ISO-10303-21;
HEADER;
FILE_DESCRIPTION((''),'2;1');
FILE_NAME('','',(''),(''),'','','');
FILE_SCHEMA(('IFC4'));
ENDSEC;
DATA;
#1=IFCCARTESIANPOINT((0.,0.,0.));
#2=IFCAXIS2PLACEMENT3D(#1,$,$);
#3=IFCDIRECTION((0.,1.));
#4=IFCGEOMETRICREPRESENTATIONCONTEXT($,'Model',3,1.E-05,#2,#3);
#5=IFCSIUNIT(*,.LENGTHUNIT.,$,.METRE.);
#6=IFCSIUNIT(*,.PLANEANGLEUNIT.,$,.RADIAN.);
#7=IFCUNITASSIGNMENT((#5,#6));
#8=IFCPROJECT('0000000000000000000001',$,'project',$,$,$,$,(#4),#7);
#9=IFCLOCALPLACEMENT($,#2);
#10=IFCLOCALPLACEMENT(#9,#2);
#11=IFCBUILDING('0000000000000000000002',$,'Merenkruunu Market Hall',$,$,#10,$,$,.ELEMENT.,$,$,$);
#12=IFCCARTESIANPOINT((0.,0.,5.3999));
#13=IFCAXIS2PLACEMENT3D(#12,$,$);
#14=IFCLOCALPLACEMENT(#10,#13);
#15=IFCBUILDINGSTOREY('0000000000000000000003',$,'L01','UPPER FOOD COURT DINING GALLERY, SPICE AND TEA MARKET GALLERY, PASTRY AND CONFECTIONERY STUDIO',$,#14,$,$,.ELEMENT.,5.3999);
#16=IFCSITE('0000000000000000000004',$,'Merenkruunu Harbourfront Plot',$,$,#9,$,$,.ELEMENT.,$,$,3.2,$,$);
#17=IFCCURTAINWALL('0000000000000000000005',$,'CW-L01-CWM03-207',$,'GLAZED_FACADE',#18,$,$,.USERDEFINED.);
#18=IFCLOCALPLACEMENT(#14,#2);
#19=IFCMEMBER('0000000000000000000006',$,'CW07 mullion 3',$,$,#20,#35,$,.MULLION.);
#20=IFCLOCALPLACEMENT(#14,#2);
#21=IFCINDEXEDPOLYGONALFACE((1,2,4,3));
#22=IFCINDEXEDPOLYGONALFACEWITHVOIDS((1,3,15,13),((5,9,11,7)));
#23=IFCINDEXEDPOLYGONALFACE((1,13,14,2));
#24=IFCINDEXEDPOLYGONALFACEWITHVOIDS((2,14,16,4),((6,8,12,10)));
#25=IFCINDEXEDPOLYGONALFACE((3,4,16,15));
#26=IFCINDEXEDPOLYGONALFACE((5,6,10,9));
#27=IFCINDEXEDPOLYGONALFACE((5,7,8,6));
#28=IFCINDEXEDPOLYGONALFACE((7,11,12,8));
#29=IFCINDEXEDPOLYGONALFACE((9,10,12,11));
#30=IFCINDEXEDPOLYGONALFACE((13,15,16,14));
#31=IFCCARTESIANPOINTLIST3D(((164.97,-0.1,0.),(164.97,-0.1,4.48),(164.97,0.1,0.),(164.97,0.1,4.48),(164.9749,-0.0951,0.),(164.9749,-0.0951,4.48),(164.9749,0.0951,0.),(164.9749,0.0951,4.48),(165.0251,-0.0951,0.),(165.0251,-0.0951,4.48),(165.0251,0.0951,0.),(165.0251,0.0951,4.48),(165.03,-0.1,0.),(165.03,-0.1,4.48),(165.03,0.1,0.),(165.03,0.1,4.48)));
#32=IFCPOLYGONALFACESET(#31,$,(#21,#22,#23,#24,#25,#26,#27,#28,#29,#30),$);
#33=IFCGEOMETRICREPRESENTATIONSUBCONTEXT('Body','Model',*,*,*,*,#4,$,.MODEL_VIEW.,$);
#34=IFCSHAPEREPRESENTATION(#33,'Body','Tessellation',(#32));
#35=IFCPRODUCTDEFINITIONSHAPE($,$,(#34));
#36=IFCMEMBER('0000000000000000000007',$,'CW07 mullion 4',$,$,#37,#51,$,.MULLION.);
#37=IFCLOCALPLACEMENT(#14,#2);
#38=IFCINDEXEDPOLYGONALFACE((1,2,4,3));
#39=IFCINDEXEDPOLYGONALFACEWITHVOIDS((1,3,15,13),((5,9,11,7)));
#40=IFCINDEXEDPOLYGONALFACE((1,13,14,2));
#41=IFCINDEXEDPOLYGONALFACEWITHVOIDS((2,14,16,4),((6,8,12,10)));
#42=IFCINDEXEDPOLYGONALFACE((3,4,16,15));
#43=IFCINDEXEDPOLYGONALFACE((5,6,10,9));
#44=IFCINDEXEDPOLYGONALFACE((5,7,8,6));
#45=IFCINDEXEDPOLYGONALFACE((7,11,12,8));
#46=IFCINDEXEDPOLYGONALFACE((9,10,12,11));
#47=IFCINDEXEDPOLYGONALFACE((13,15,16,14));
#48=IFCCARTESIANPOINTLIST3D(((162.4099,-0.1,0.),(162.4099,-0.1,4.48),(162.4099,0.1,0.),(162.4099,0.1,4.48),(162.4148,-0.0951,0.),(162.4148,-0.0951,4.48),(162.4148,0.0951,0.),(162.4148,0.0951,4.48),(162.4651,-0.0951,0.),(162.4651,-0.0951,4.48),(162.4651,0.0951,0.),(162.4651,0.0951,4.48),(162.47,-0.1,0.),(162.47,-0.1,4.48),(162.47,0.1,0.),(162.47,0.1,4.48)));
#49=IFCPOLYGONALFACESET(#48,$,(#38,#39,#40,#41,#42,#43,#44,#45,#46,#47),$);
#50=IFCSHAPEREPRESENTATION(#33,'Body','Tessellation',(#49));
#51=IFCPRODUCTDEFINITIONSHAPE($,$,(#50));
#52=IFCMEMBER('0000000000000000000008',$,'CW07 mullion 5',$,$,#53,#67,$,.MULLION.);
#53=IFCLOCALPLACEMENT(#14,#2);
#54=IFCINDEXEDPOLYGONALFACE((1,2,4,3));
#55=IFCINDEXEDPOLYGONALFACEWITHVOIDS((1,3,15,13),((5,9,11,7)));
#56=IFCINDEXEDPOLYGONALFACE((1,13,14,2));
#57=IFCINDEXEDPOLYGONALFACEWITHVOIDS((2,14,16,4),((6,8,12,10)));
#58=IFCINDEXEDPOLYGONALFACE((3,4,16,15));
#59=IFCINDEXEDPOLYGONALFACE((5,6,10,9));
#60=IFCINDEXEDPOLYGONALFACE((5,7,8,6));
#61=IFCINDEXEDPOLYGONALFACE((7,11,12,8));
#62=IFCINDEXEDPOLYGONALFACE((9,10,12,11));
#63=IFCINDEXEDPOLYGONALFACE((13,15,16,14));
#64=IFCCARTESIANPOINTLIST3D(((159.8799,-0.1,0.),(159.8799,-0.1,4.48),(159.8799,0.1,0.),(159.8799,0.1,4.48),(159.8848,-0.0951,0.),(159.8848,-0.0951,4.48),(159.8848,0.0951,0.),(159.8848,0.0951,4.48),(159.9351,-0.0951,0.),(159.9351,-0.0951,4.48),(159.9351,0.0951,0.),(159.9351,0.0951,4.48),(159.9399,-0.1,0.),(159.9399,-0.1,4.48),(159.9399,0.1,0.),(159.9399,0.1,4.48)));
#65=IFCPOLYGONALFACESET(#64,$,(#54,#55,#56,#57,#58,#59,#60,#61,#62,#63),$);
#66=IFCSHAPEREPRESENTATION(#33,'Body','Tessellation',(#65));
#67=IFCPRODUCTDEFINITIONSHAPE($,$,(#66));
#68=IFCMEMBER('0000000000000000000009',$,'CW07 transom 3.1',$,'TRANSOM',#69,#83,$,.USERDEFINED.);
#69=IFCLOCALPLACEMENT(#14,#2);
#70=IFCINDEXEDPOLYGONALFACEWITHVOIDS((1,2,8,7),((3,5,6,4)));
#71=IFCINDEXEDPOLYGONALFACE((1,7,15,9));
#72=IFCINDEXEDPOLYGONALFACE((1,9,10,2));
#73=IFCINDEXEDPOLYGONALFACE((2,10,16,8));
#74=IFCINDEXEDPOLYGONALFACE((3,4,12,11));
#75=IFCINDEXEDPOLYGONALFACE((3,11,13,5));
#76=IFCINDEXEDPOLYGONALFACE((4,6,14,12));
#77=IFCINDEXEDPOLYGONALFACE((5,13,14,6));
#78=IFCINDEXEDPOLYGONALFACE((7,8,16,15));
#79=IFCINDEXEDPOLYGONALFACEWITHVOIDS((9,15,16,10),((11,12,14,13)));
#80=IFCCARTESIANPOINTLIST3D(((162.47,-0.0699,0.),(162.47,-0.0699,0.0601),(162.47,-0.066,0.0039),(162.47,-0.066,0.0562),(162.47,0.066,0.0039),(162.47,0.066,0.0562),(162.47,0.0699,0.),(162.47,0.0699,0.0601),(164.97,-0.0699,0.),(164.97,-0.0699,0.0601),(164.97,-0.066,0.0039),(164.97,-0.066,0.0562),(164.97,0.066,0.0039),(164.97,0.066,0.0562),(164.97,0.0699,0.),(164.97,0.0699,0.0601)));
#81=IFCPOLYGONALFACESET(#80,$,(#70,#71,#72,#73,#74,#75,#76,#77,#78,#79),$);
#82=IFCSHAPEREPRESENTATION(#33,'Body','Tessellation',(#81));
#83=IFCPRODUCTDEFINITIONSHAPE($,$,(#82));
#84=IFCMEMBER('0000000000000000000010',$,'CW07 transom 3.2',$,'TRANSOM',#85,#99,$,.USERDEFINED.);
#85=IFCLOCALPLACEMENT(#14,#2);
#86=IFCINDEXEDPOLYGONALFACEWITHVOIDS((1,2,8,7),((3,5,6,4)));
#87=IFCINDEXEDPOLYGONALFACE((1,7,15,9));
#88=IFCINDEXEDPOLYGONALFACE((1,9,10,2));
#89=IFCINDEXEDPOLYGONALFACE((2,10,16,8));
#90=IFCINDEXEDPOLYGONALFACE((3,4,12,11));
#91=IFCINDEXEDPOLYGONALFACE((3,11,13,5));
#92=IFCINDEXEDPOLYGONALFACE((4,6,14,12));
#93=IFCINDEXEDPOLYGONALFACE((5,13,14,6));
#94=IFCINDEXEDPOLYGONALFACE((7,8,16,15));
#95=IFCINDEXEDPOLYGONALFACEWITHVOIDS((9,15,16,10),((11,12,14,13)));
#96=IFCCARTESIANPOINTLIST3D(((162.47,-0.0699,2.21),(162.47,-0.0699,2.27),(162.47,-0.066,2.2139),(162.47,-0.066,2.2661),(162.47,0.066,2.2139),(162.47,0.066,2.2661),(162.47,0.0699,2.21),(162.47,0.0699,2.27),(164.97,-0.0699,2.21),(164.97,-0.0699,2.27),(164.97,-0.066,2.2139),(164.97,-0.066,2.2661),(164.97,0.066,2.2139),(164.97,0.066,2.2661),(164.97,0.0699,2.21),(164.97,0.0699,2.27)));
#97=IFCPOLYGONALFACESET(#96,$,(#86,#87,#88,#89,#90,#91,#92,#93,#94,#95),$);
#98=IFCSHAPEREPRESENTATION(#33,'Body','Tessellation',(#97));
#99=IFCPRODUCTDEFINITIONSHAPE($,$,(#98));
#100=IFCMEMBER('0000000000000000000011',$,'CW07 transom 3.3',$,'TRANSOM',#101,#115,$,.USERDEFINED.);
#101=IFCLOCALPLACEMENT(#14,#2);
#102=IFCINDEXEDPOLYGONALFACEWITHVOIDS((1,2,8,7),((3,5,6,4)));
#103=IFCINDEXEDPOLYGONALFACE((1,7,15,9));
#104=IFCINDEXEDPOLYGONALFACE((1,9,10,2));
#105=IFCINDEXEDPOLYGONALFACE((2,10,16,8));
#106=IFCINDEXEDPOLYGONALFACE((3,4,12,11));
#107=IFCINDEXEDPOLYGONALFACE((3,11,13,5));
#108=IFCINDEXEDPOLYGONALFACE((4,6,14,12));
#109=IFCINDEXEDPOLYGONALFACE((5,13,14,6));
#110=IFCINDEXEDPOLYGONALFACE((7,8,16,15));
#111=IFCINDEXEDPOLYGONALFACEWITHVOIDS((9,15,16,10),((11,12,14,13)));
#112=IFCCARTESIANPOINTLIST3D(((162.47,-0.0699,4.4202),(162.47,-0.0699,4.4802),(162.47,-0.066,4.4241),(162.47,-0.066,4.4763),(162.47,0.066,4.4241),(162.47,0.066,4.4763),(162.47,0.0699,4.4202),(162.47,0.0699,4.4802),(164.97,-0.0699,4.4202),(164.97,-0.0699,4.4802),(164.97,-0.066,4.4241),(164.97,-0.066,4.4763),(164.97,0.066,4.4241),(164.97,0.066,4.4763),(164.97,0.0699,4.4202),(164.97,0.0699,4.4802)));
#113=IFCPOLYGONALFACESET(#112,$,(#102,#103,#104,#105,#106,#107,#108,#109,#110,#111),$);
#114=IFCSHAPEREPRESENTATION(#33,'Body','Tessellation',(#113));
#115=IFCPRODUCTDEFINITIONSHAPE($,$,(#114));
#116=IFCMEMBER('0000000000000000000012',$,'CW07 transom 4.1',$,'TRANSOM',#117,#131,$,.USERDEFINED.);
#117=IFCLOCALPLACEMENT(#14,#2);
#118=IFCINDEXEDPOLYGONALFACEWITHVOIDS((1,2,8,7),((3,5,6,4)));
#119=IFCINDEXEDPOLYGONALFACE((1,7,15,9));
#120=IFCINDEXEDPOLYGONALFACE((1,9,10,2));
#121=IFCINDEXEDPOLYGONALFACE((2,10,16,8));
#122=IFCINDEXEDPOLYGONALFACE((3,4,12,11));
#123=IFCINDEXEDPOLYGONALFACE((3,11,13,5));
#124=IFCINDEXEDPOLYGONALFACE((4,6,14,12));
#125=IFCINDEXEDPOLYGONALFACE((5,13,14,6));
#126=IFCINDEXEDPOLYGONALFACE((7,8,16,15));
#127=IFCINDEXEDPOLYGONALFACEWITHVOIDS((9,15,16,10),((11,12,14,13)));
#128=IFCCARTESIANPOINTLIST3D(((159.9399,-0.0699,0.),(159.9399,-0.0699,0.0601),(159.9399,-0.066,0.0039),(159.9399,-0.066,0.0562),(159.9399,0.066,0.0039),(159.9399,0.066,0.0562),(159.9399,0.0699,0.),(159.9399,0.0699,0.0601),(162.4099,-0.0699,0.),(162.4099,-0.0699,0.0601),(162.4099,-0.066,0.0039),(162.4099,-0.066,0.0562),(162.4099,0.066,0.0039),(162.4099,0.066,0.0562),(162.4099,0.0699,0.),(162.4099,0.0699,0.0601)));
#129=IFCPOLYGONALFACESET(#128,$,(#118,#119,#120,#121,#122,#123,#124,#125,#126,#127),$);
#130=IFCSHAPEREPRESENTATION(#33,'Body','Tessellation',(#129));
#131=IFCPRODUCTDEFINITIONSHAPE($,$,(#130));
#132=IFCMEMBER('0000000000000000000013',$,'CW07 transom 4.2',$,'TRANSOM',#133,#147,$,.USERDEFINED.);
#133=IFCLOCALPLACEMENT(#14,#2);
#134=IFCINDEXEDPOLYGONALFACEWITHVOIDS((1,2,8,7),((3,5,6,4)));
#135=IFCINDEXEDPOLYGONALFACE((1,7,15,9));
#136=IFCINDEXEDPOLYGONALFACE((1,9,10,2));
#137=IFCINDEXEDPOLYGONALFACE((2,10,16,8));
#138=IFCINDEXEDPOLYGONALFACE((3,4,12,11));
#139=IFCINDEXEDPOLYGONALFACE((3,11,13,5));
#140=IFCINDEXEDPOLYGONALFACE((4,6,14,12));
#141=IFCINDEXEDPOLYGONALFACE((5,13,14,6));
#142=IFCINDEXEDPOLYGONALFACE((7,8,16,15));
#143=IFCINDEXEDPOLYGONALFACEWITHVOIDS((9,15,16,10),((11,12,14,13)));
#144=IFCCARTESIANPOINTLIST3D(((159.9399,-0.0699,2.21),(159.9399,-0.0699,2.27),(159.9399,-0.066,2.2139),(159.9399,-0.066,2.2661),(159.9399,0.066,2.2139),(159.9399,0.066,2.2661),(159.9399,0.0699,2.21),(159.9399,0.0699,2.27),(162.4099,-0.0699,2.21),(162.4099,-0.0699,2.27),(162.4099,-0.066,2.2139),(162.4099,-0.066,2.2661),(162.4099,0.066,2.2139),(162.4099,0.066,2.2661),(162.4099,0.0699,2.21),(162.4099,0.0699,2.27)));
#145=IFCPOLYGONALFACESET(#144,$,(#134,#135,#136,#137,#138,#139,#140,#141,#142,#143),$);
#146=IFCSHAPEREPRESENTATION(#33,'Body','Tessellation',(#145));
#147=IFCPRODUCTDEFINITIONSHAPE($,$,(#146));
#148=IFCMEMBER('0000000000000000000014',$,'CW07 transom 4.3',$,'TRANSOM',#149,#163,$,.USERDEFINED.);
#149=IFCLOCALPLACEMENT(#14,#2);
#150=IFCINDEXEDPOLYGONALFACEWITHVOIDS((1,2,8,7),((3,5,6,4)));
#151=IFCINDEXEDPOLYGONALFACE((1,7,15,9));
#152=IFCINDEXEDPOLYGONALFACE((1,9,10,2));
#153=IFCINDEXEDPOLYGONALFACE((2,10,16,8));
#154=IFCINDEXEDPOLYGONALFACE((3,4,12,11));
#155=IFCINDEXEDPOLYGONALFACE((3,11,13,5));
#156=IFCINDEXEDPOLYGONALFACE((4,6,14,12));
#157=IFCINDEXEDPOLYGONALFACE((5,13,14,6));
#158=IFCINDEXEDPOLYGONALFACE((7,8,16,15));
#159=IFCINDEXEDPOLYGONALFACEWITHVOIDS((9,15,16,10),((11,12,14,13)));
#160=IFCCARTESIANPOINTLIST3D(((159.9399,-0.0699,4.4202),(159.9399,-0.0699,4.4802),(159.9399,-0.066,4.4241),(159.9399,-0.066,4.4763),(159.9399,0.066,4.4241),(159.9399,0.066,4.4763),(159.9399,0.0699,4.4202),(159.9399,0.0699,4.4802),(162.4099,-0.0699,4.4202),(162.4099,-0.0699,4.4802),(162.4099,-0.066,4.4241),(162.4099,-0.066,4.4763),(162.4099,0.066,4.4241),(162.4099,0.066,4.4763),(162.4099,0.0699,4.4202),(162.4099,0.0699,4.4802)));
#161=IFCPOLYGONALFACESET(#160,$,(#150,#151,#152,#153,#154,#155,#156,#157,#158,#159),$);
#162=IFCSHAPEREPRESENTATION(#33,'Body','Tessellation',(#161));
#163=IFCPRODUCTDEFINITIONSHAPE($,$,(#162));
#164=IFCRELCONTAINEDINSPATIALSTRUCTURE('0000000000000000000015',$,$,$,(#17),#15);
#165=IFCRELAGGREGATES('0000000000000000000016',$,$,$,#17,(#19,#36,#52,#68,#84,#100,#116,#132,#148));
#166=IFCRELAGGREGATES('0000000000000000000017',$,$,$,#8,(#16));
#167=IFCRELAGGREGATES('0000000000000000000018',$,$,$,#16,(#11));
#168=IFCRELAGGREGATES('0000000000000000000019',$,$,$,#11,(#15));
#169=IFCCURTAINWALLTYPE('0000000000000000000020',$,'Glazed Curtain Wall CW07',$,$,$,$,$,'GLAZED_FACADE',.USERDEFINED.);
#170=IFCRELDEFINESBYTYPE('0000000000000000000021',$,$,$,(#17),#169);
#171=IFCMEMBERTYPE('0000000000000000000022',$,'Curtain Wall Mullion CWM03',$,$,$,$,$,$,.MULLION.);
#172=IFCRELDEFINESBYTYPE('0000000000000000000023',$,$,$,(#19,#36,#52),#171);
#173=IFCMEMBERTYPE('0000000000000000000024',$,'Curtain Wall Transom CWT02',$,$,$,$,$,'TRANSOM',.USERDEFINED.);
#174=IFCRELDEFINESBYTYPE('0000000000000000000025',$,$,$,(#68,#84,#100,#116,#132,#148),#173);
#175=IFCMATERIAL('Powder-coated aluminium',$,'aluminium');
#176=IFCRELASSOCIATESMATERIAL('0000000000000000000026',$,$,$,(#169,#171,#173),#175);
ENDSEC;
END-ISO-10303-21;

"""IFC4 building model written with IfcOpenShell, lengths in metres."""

from ifc_helpers import new_model, si_unit, direction, frame, origin, origin_2d, place, context, subcontext, project, spatial, hollow_rectangle, extrude, material, material_profile, profile_set, type_object, element, aggregate, save


model = new_model("IFC4")

# Units and contexts
model_context = context("Model", 3, precision=1e-05, world=origin(), true_north=direction((0.0, 1.0)))
body_context = subcontext(model_context, "Body", "Model", "MODEL_VIEW")
ifc_project = project(units=[si_unit("LENGTHUNIT", "METRE"), si_unit("PLANEANGLEUNIT", "RADIAN")], contexts=[model_context])

# Site, building, storey
site_placement = place(None, origin())
site = spatial("IfcSite", under=ifc_project, at=site_placement, Name="Merenkruunu Harbourfront Plot", CompositionType="ELEMENT", RefElevation=3.2)
building_placement = place(site_placement, origin())
building = spatial("IfcBuilding", under=site, at=building_placement, Name="Merenkruunu Market Hall", CompositionType="ELEMENT")
storey_placement = place(building_placement, frame((0.0, 0.0, 5.3999)))
storey = spatial("IfcBuildingStorey", under=building, at=storey_placement, Name="L01", Description="UPPER FOOD COURT DINING GALLERY, SPICE AND TEA MARKET GALLERY, PASTRY AND CONFECTIONERY STUDIO", CompositionType="ELEMENT", Elevation=5.3999)

# Curtain wall, members
ifc_material_1 = material(Name="Powder-coated aluminium", Category="aluminium")
curtain_wall_type = type_object("IfcCurtainWallType", Name="Glazed Curtain Wall CW07", ElementType="GLAZED_FACADE", PredefinedType="USERDEFINED", material=ifc_material_1)
curtain_wall_placement = place(storey_placement, origin())
curtain_wall = element("IfcCurtainWall", 1, at=curtain_wall_placement, inside=storey, type_object=curtain_wall_type, Name="CW-L01-CWM03-207", ObjectType="GLAZED_FACADE", PredefinedType="USERDEFINED")
ifc_material_profile_1 = material_profile(ifc_material_1, hollow_rectangle(XDim=0.0601, YDim=0.2, WallThickness=0.0049, at=origin_2d()), Name="ALU 60x200x5")
ifc_profile_set_1 = profile_set([ifc_material_profile_1], Name="Powder-coated aluminium")
member_type_1 = type_object("IfcMemberType", Name="Curtain Wall Mullion CWM03", PredefinedType="MULLION", material=ifc_profile_set_1)
member_1_placement = place(storey_placement, frame((165.0, 0.0, 0.0), z_axis=(0.0, 0.0, 1.0), x_axis=(-1.0, 0.0, 0.0)))
member_1 = element("IfcMember", 2, at=member_1_placement, type_object=member_type_1, Name="CW07 mullion 3", PredefinedType="MULLION", context=body_context, shape_type="SweptSolid", body=[
    extrude(hollow_rectangle(XDim=0.0601, YDim=0.2, WallThickness=0.0049, at=origin_2d()), origin(), (0.0, 0.0, 1.0), 4.48),
])
member_2_placement = place(storey_placement, frame((162.4399, 0.0, 0.0), z_axis=(0.0, 0.0, 1.0), x_axis=(-1.0, 0.0, 0.0)))
member_2 = element("IfcMember", 3, at=member_2_placement, type_object=member_type_1, Name="CW07 mullion 4", PredefinedType="MULLION", context=body_context, shape_type="SweptSolid", body=[
    extrude(hollow_rectangle(XDim=0.0601, YDim=0.2, WallThickness=0.0049, at=origin_2d()), origin(), (0.0, 0.0, 1.0), 4.48),
])
member_3_placement = place(storey_placement, frame((159.9099, 0.0, 0.0), z_axis=(0.0, 0.0, 1.0), x_axis=(-1.0, 0.0, 0.0)))
member_3 = element("IfcMember", 4, at=member_3_placement, type_object=member_type_1, Name="CW07 mullion 5", PredefinedType="MULLION", context=body_context, shape_type="SweptSolid", body=[
    extrude(hollow_rectangle(XDim=0.0601, YDim=0.2, WallThickness=0.0049, at=origin_2d()), origin(), (0.0, 0.0, 1.0), 4.48),
])
ifc_material_profile_2 = material_profile(ifc_material_1, hollow_rectangle(XDim=0.0601, YDim=0.1399, WallThickness=0.0039, at=origin_2d()), Name="ALU 60x140x4")
ifc_profile_set_2 = profile_set([ifc_material_profile_2], Name="Powder-coated aluminium")
member_type_2 = type_object("IfcMemberType", Name="Curtain Wall Transom CWT02", ElementType="TRANSOM", PredefinedType="USERDEFINED", material=ifc_profile_set_2)
member_4_placement = place(storey_placement, frame((164.97, 0.0, 0.03), z_axis=(-1.0, 0.0, 0.0), x_axis=(0.0, 0.0, 1.0)))
member_4 = element("IfcMember", 5, at=member_4_placement, type_object=member_type_2, Name="CW07 transom 3.1", ObjectType="TRANSOM", PredefinedType="USERDEFINED", context=body_context, shape_type="SweptSolid", body=[
    extrude(hollow_rectangle(XDim=0.0601, YDim=0.1399, WallThickness=0.0039, at=origin_2d()), origin(), (0.0, 0.0, 1.0), 2.5),
])
member_5_placement = place(storey_placement, frame((164.97, 0.0, 2.24), z_axis=(-1.0, 0.0, 0.0), x_axis=(0.0, 0.0, 1.0)))
member_5 = element("IfcMember", 6, at=member_5_placement, type_object=member_type_2, Name="CW07 transom 3.2", ObjectType="TRANSOM", PredefinedType="USERDEFINED", context=body_context, shape_type="SweptSolid", body=[
    extrude(hollow_rectangle(XDim=0.0601, YDim=0.1399, WallThickness=0.0039, at=origin_2d()), origin(), (0.0, 0.0, 1.0), 2.5),
])
member_6_placement = place(storey_placement, frame((164.97, 0.0, 4.4502), z_axis=(-1.0, 0.0, 0.0), x_axis=(0.0, 0.0, 1.0)))
member_6 = element("IfcMember", 7, at=member_6_placement, type_object=member_type_2, Name="CW07 transom 3.3", ObjectType="TRANSOM", PredefinedType="USERDEFINED", context=body_context, shape_type="SweptSolid", body=[
    extrude(hollow_rectangle(XDim=0.0601, YDim=0.1399, WallThickness=0.0039, at=origin_2d()), origin(), (0.0, 0.0, 1.0), 2.5),
])
member_7_placement = place(storey_placement, frame((162.4099, 0.0, 0.03), z_axis=(-1.0, 0.0, 0.0), x_axis=(0.0, 0.0, 1.0)))
member_7 = element("IfcMember", 8, at=member_7_placement, type_object=member_type_2, Name="CW07 transom 4.1", ObjectType="TRANSOM", PredefinedType="USERDEFINED", context=body_context, shape_type="SweptSolid", body=[
    extrude(hollow_rectangle(XDim=0.0601, YDim=0.1399, WallThickness=0.0039, at=origin_2d()), origin(), (0.0, 0.0, 1.0), 2.47),
])
member_8_placement = place(storey_placement, frame((162.4099, 0.0, 2.24), z_axis=(-1.0, 0.0, 0.0), x_axis=(0.0, 0.0, 1.0)))
member_8 = element("IfcMember", 9, at=member_8_placement, type_object=member_type_2, Name="CW07 transom 4.2", ObjectType="TRANSOM", PredefinedType="USERDEFINED", context=body_context, shape_type="SweptSolid", body=[
    extrude(hollow_rectangle(XDim=0.0601, YDim=0.1399, WallThickness=0.0039, at=origin_2d()), origin(), (0.0, 0.0, 1.0), 2.47),
])
member_9_placement = place(storey_placement, frame((162.4099, 0.0, 4.4502), z_axis=(-1.0, 0.0, 0.0), x_axis=(0.0, 0.0, 1.0)))
member_9 = element("IfcMember", 10, at=member_9_placement, type_object=member_type_2, Name="CW07 transom 4.3", ObjectType="TRANSOM", PredefinedType="USERDEFINED", context=body_context, shape_type="SweptSolid", body=[
    extrude(hollow_rectangle(XDim=0.0601, YDim=0.1399, WallThickness=0.0039, at=origin_2d()), origin(), (0.0, 0.0, 1.0), 2.47),
])

aggregate(curtain_wall, [member_1, member_2, member_3, member_4, member_5, member_6, member_7, member_8, member_9])

save(model, "model.ifc")
